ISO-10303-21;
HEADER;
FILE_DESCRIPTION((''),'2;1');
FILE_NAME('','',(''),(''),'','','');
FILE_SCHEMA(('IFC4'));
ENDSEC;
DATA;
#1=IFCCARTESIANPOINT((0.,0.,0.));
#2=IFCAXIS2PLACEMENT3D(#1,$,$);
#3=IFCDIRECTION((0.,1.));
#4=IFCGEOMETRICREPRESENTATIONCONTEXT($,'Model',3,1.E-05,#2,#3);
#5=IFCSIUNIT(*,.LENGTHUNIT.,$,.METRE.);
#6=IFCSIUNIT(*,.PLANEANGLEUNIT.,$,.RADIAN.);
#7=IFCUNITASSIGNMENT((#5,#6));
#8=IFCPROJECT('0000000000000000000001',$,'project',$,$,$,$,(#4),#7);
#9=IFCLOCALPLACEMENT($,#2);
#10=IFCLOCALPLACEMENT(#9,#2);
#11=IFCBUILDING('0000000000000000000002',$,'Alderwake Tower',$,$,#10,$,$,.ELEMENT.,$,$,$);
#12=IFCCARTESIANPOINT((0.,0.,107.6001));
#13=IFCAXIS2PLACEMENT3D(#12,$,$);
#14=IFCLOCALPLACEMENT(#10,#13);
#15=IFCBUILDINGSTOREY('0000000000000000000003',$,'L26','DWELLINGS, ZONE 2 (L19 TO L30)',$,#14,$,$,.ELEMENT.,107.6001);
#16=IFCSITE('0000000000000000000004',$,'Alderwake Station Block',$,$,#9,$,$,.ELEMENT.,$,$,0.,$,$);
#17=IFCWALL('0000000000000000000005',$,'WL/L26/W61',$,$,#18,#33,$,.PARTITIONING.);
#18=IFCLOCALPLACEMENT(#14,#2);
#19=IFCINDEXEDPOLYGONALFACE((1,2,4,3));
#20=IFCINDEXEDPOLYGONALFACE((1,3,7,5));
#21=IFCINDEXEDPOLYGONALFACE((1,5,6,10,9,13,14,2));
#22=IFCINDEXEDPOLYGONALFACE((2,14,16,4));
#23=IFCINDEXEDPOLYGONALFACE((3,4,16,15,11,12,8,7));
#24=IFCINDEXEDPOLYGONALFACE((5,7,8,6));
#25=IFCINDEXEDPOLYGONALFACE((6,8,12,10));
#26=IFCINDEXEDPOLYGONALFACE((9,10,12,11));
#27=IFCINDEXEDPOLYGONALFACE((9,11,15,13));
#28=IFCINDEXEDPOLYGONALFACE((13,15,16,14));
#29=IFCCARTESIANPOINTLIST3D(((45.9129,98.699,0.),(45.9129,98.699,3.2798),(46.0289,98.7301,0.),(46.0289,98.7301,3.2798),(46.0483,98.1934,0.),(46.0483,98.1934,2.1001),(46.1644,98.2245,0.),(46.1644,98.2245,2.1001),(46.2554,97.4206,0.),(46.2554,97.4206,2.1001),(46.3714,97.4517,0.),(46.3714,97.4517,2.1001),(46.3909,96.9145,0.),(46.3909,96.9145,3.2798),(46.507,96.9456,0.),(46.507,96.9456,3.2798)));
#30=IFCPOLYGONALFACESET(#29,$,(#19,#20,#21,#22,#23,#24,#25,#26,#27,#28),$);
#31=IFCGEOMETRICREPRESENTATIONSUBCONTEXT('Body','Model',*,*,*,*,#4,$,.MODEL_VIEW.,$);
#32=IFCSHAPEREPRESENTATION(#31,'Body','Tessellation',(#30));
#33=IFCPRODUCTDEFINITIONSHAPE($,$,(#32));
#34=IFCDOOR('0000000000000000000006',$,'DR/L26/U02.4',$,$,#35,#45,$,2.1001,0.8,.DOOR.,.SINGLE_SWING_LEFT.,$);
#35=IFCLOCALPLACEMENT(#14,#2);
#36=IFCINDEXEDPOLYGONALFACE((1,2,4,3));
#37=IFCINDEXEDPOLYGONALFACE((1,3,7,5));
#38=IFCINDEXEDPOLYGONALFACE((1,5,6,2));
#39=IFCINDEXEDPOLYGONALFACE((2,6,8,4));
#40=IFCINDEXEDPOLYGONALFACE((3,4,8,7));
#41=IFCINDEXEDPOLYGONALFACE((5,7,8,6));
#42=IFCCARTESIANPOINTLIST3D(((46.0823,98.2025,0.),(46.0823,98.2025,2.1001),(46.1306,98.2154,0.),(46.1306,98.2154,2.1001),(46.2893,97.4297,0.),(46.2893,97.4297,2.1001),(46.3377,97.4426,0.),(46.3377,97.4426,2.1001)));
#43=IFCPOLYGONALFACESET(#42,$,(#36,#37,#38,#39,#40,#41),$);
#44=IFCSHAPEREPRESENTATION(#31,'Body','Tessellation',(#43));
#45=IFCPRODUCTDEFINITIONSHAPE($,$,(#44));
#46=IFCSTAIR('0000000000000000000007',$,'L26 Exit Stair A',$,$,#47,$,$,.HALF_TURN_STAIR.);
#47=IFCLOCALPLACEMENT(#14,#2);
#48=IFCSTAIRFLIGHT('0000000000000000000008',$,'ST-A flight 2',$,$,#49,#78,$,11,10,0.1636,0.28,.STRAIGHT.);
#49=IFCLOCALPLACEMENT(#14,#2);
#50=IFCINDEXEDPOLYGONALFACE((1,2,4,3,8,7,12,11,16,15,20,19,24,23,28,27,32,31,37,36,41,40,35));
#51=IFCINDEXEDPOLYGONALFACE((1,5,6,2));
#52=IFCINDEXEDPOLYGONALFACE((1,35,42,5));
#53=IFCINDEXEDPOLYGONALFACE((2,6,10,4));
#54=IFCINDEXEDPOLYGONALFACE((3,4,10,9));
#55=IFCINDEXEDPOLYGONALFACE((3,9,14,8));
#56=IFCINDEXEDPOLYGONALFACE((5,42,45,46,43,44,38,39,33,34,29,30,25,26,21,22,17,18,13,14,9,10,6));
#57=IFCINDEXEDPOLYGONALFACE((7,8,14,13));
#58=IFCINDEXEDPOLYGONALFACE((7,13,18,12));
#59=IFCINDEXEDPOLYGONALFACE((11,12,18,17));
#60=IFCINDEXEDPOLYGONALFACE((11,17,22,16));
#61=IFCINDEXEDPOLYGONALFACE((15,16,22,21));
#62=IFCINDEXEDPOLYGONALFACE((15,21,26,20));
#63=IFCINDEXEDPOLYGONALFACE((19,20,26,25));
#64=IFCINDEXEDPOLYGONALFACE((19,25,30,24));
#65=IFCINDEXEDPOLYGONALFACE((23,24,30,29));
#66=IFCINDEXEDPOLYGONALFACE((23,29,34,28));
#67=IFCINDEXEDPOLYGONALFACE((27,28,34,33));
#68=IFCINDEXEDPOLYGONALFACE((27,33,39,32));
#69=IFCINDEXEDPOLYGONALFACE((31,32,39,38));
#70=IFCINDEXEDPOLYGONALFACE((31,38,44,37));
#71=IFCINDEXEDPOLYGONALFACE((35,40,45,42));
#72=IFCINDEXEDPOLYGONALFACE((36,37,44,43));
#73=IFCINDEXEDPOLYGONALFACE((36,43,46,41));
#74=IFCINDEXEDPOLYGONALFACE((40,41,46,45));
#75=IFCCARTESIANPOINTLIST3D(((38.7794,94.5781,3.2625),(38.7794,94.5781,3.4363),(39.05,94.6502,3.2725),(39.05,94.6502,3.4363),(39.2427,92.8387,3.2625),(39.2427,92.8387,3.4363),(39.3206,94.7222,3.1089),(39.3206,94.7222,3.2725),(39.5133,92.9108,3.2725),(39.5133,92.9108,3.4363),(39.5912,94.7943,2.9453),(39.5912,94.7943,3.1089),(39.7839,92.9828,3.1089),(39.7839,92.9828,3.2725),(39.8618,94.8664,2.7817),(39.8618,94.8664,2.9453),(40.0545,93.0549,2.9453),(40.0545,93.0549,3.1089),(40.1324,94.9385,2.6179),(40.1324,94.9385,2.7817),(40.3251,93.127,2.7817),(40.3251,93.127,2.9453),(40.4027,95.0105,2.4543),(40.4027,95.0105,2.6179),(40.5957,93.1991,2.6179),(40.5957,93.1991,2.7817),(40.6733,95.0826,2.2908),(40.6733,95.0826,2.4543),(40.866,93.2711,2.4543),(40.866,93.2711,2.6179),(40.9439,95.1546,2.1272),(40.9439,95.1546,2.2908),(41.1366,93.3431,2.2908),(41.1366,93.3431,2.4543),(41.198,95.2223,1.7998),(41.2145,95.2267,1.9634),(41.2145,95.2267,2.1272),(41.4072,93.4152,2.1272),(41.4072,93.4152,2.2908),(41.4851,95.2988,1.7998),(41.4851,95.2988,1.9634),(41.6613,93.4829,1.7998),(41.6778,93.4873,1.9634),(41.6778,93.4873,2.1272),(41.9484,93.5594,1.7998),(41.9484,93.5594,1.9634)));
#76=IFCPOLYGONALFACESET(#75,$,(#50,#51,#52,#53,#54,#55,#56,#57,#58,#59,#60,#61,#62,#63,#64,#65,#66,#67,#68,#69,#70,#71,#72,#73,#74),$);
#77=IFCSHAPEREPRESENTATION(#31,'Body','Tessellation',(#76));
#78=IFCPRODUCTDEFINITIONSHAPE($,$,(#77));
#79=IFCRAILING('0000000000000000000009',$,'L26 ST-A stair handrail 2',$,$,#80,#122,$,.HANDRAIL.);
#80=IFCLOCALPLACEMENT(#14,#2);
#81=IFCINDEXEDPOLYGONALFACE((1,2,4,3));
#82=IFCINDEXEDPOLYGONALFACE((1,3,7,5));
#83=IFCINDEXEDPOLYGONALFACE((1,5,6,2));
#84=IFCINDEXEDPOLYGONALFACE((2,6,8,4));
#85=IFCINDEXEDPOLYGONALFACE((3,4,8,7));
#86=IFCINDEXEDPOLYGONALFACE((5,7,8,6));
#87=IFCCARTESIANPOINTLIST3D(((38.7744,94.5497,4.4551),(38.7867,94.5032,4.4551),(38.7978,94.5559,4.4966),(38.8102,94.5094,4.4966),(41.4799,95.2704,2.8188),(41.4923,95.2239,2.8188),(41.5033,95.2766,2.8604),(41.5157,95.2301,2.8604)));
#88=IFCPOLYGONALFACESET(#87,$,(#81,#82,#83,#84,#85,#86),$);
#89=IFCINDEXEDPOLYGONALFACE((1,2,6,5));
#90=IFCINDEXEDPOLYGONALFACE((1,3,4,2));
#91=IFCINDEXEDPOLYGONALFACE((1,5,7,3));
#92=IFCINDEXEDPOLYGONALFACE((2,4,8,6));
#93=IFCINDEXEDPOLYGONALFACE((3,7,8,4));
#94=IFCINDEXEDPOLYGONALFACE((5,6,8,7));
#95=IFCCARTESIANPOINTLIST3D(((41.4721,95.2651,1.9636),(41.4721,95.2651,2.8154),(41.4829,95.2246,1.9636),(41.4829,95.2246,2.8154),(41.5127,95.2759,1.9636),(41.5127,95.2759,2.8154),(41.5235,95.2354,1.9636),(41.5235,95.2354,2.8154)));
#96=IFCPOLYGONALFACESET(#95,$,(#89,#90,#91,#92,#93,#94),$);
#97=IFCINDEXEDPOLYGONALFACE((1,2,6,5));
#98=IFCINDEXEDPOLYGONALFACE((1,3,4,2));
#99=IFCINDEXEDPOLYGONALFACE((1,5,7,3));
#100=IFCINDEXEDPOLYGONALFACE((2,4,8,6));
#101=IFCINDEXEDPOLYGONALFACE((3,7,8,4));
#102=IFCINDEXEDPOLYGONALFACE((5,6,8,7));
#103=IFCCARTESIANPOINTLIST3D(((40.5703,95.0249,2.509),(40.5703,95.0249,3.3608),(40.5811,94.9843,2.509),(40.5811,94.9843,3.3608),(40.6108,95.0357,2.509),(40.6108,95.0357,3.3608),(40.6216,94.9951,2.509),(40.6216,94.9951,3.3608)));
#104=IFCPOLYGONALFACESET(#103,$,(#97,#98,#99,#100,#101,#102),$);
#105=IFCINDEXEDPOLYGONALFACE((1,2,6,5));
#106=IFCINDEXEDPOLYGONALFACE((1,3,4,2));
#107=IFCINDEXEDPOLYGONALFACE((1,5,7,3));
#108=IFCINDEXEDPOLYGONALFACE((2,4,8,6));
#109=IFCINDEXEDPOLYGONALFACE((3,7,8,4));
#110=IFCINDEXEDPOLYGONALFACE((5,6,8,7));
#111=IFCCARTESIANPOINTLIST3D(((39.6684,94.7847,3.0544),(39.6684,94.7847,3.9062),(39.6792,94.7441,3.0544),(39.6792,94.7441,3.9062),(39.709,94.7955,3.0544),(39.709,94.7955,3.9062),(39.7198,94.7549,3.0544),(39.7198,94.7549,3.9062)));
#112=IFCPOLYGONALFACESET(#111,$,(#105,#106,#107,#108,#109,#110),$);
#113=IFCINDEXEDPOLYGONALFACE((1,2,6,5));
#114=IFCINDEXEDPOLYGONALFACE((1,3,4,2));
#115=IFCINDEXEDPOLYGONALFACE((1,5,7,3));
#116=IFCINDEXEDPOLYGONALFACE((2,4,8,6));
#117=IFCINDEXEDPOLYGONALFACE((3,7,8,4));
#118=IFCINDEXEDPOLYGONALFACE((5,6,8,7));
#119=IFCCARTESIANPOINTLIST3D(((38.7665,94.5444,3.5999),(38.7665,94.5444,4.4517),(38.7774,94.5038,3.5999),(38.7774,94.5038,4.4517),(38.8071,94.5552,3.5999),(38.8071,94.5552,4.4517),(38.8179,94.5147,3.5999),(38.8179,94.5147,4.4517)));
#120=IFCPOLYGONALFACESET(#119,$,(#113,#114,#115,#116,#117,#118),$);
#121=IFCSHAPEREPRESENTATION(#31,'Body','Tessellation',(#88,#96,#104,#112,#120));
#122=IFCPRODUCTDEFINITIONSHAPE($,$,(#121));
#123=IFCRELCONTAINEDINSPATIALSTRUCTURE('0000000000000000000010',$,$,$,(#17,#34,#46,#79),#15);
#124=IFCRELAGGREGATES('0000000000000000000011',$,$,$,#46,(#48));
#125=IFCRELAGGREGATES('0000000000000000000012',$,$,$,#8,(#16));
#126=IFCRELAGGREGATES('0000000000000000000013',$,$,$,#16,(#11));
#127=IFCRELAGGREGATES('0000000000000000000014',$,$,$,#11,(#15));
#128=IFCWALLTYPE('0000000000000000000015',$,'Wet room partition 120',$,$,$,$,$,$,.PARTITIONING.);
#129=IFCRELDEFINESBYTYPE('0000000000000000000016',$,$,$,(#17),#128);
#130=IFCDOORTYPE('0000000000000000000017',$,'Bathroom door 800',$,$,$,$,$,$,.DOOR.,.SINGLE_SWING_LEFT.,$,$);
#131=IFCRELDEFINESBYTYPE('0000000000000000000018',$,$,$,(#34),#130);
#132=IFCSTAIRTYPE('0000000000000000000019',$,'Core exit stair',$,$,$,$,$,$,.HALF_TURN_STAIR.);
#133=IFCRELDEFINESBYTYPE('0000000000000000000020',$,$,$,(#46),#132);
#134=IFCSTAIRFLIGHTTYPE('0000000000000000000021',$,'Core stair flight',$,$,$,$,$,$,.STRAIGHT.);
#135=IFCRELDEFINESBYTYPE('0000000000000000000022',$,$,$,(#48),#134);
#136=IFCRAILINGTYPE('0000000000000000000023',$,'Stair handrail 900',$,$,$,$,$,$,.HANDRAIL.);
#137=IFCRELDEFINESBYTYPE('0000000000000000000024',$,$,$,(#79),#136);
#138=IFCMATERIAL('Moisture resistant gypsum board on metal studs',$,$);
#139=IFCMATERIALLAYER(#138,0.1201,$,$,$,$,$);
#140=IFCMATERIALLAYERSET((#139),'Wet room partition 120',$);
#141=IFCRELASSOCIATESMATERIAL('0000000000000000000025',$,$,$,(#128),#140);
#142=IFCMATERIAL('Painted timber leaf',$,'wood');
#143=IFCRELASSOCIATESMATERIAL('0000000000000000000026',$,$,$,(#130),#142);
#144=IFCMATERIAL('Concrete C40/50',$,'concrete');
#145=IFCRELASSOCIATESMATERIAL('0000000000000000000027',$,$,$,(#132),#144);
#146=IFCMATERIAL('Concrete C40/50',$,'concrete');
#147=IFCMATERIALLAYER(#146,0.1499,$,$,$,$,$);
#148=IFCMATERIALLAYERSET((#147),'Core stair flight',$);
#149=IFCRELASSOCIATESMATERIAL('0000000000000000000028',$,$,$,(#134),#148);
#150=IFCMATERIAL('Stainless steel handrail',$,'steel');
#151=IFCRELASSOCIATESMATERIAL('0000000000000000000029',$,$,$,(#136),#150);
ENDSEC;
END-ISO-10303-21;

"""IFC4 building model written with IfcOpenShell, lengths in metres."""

from ifc_helpers import new_model, si_unit, direction, frame, frame_2d, origin, origin_2d, place, context, subcontext, project, spatial, polyline, rectangle, outline, extrude, material, layer, layer_set, type_object, element, fill, aggregate, save


model = new_model("IFC4")

# Units and contexts
model_context = context("Model", 3, precision=1e-05, world=origin(), true_north=direction((0.0, 1.0)))
body_context = subcontext(model_context, "Body", "Model", "MODEL_VIEW")
ifc_project = project(units=[si_unit("LENGTHUNIT", "METRE"), si_unit("PLANEANGLEUNIT", "RADIAN")], contexts=[model_context])

# Site, building, storey
site_placement = place(None, origin())
site = spatial("IfcSite", under=ifc_project, at=site_placement, Name="Alderwake Station Block", CompositionType="ELEMENT", RefElevation=0.0)
building_placement = place(site_placement, origin())
building = spatial("IfcBuilding", under=site, at=building_placement, Name="Alderwake Tower", CompositionType="ELEMENT")
storey_placement = place(building_placement, frame((0.0, 0.0, 107.6001)))
storey = spatial("IfcBuildingStorey", under=building, at=storey_placement, Name="L26", Description="DWELLINGS, ZONE 2 (L19 TO L30)", CompositionType="ELEMENT", Elevation=107.6001)

# Wall, opening, door
ifc_material_1 = material(Name="Moisture resistant gypsum board on metal studs")
ifc_layer_1 = layer(ifc_material_1, 0.1201)
ifc_layer_set_1 = layer_set([ifc_layer_1], Name="Wet room partition 120")
wall_type_1 = type_object("IfcWallType", Name="Wet room partition 120", PredefinedType="PARTITIONING", material=ifc_layer_set_1)
wall_1_placement = place(storey_placement, frame((46.449, 96.9299, 0.0), z_axis=(0.0, 0.0, 1.0), x_axis=(-0.258765, 0.96594, 0.0)))
wall_1 = element("IfcWall", 1, at=wall_1_placement, inside=storey, type_object=wall_type_1, Name="WL/L26/W61", PredefinedType="PARTITIONING", context=body_context, shape_type="SweptSolid", body=[
    extrude(rectangle(XDim=1.8474, YDim=0.1201, at=frame_2d((0.9238, 0.0))), origin(), (0.0, 0.0, 1.0), 3.2798),
])
opening_1_placement = place(wall_1_placement, frame((0.5242, 0.0, 0.0)))
opening_1 = element("IfcOpeningElement", 2, at=opening_1_placement, cuts=wall_1, PredefinedType="OPENING", context=body_context, shape_type="SweptSolid", body=[
    extrude(rectangle(XDim=0.8, YDim=2.1001, at=frame_2d((0.3999, 1.05))), frame((0.0, 0.0701, 0.0), z_axis=(0.0, -1.0, 0.0), x_axis=(1.0, 0.0, 0.0)), (0.0, 0.0, 1.0), 0.1401),
])
ifc_material_2 = material(Name="Painted timber leaf", Category="wood")
door_type_1 = type_object("IfcDoorType", Name="Bathroom door 800", OperationType="SINGLE_SWING_LEFT", PredefinedType="DOOR", material=ifc_material_2)
door_1_placement = place(opening_1_placement, origin())
door_1 = element("IfcDoor", 3, at=door_1_placement, inside=storey, type_object=door_type_1, Name="DR/L26/U02.4", OperationType="SINGLE_SWING_LEFT", OverallHeight=2.1001, OverallWidth=0.8, PredefinedType="DOOR", context=body_context, shape_type="SweptSolid", body=[
    extrude(rectangle(XDim=0.8, YDim=2.1001, at=frame_2d((0.3999, 1.05))), frame((0.0, 0.0249, 0.0), z_axis=(0.0, -1.0, 0.0), x_axis=(1.0, 0.0, 0.0)), (0.0, 0.0, 1.0), 0.05),
])
fill(opening_1, door_1)

# Stair, stair flight
ifc_material_3 = material(Name="Concrete C40/50", Category="concrete")
stair_type = type_object("IfcStairType", Name="Core exit stair", PredefinedType="HALF_TURN_STAIR", material=ifc_material_3)
stair_placement = place(storey_placement, origin())
stair = element("IfcStair", 4, at=stair_placement, inside=storey, type_object=stair_type, Name="L26 Exit Stair A", PredefinedType="HALF_TURN_STAIR")
ifc_material_4 = material(Name="Concrete C40/50", Category="concrete")
ifc_layer_2 = layer(ifc_material_4, 0.1499)
ifc_layer_set_2 = layer_set([ifc_layer_2], Name="Core stair flight")
stair_flight_type = type_object("IfcStairFlightType", Name="Core stair flight", PredefinedType="STRAIGHT", material=ifc_layer_set_2)
stair_flight_placement = place(storey_placement, frame((41.7168, 94.429, 1.7998), z_axis=(0.0, 0.0, 1.0), x_axis=(-0.96631, -0.257382, 0.0)))
stair_flight = element("IfcStairFlight", 5, at=stair_flight_placement, type_object=stair_flight_type, Name="ST-A flight 2", NumberOfRisers=11, NumberOfTreads=10, PredefinedType="STRAIGHT", RiserHeight=0.1636, TreadLength=0.28, context=body_context, shape_type="SweptSolid", body=[
    extrude(outline(polyline([(0.0, 0.0), (0.0, 0.1636), (0.28, 0.1636), (0.28, 0.3274), (0.5601, 0.3274), (0.5601, 0.491), (0.8401, 0.491), (0.8401, 0.6545), (1.1201, 0.6545), (1.1201, 0.8181), (1.3999, 0.8181), (1.3999, 0.9819), (1.6799, 0.9819), (1.6799, 1.1455), (1.96, 1.1455), (1.96, 1.3091), (2.24, 1.3091), (2.24, 1.4727), (2.52, 1.4727), (2.52, 1.6365), (2.8, 1.6365), (2.8, 1.8), (2.8, 1.4626), (0.2971, 0.0), (0.0, 0.0)])), frame((0.0, 0.8999, 0.0), z_axis=(0.0, -1.0, 0.0), x_axis=(1.0, 0.0, 0.0)), (0.0, 0.0, 1.0), 1.8),
])
aggregate(stair, [stair_flight])

# Railing
ifc_material_5 = material(Name="Stainless steel handrail", Category="steel")
railing_type = type_object("IfcRailingType", Name="Stair handrail 900", PredefinedType="HANDRAIL", material=ifc_material_5)
railing_placement = place(storey_placement, frame((41.4978, 95.2502, 1.9636)))
element("IfcRailing", 6, at=railing_placement, inside=storey, type_object=railing_type, Name="L26 ST-A stair handrail 2", PredefinedType="HANDRAIL", context=body_context, shape_type="SweptSolid", body=[
    extrude(rectangle(XDim=0.0481, YDim=0.0481, at=origin_2d()), frame((0.0, 0.0, 0.876), z_axis=(-0.834291, -0.222237, 0.504549), x_axis=(0.257402, -0.966304, 0.0)), (0.0, 0.0, 1.0), 3.2429),
    extrude(rectangle(XDim=0.042, YDim=0.042, at=origin_2d()), frame((0.0, 0.0, 0.0), z_axis=(0.0, 0.0, 1.0), x_axis=(-0.966304, -0.257402, 0.0)), (0.0, 0.0, 1.0), 0.8518),
    extrude(rectangle(XDim=0.042, YDim=0.042, at=origin_2d()), frame((-0.9019, -0.2402, 0.5454), z_axis=(0.0, 0.0, 1.0), x_axis=(-0.966304, -0.257402, 0.0)), (0.0, 0.0, 1.0), 0.8518),
    extrude(rectangle(XDim=0.042, YDim=0.042, at=origin_2d()), frame((-1.8037, -0.4805, 1.0908), z_axis=(0.0, 0.0, 1.0), x_axis=(-0.966304, -0.257402, 0.0)), (0.0, 0.0, 1.0), 0.8518),
    extrude(rectangle(XDim=0.042, YDim=0.042, at=origin_2d()), frame((-2.7056, -0.7207, 1.6362), z_axis=(0.0, 0.0, 1.0), x_axis=(-0.966304, -0.257402, 0.0)), (0.0, 0.0, 1.0), 0.8518),
])

save(model, "model.ifc")
